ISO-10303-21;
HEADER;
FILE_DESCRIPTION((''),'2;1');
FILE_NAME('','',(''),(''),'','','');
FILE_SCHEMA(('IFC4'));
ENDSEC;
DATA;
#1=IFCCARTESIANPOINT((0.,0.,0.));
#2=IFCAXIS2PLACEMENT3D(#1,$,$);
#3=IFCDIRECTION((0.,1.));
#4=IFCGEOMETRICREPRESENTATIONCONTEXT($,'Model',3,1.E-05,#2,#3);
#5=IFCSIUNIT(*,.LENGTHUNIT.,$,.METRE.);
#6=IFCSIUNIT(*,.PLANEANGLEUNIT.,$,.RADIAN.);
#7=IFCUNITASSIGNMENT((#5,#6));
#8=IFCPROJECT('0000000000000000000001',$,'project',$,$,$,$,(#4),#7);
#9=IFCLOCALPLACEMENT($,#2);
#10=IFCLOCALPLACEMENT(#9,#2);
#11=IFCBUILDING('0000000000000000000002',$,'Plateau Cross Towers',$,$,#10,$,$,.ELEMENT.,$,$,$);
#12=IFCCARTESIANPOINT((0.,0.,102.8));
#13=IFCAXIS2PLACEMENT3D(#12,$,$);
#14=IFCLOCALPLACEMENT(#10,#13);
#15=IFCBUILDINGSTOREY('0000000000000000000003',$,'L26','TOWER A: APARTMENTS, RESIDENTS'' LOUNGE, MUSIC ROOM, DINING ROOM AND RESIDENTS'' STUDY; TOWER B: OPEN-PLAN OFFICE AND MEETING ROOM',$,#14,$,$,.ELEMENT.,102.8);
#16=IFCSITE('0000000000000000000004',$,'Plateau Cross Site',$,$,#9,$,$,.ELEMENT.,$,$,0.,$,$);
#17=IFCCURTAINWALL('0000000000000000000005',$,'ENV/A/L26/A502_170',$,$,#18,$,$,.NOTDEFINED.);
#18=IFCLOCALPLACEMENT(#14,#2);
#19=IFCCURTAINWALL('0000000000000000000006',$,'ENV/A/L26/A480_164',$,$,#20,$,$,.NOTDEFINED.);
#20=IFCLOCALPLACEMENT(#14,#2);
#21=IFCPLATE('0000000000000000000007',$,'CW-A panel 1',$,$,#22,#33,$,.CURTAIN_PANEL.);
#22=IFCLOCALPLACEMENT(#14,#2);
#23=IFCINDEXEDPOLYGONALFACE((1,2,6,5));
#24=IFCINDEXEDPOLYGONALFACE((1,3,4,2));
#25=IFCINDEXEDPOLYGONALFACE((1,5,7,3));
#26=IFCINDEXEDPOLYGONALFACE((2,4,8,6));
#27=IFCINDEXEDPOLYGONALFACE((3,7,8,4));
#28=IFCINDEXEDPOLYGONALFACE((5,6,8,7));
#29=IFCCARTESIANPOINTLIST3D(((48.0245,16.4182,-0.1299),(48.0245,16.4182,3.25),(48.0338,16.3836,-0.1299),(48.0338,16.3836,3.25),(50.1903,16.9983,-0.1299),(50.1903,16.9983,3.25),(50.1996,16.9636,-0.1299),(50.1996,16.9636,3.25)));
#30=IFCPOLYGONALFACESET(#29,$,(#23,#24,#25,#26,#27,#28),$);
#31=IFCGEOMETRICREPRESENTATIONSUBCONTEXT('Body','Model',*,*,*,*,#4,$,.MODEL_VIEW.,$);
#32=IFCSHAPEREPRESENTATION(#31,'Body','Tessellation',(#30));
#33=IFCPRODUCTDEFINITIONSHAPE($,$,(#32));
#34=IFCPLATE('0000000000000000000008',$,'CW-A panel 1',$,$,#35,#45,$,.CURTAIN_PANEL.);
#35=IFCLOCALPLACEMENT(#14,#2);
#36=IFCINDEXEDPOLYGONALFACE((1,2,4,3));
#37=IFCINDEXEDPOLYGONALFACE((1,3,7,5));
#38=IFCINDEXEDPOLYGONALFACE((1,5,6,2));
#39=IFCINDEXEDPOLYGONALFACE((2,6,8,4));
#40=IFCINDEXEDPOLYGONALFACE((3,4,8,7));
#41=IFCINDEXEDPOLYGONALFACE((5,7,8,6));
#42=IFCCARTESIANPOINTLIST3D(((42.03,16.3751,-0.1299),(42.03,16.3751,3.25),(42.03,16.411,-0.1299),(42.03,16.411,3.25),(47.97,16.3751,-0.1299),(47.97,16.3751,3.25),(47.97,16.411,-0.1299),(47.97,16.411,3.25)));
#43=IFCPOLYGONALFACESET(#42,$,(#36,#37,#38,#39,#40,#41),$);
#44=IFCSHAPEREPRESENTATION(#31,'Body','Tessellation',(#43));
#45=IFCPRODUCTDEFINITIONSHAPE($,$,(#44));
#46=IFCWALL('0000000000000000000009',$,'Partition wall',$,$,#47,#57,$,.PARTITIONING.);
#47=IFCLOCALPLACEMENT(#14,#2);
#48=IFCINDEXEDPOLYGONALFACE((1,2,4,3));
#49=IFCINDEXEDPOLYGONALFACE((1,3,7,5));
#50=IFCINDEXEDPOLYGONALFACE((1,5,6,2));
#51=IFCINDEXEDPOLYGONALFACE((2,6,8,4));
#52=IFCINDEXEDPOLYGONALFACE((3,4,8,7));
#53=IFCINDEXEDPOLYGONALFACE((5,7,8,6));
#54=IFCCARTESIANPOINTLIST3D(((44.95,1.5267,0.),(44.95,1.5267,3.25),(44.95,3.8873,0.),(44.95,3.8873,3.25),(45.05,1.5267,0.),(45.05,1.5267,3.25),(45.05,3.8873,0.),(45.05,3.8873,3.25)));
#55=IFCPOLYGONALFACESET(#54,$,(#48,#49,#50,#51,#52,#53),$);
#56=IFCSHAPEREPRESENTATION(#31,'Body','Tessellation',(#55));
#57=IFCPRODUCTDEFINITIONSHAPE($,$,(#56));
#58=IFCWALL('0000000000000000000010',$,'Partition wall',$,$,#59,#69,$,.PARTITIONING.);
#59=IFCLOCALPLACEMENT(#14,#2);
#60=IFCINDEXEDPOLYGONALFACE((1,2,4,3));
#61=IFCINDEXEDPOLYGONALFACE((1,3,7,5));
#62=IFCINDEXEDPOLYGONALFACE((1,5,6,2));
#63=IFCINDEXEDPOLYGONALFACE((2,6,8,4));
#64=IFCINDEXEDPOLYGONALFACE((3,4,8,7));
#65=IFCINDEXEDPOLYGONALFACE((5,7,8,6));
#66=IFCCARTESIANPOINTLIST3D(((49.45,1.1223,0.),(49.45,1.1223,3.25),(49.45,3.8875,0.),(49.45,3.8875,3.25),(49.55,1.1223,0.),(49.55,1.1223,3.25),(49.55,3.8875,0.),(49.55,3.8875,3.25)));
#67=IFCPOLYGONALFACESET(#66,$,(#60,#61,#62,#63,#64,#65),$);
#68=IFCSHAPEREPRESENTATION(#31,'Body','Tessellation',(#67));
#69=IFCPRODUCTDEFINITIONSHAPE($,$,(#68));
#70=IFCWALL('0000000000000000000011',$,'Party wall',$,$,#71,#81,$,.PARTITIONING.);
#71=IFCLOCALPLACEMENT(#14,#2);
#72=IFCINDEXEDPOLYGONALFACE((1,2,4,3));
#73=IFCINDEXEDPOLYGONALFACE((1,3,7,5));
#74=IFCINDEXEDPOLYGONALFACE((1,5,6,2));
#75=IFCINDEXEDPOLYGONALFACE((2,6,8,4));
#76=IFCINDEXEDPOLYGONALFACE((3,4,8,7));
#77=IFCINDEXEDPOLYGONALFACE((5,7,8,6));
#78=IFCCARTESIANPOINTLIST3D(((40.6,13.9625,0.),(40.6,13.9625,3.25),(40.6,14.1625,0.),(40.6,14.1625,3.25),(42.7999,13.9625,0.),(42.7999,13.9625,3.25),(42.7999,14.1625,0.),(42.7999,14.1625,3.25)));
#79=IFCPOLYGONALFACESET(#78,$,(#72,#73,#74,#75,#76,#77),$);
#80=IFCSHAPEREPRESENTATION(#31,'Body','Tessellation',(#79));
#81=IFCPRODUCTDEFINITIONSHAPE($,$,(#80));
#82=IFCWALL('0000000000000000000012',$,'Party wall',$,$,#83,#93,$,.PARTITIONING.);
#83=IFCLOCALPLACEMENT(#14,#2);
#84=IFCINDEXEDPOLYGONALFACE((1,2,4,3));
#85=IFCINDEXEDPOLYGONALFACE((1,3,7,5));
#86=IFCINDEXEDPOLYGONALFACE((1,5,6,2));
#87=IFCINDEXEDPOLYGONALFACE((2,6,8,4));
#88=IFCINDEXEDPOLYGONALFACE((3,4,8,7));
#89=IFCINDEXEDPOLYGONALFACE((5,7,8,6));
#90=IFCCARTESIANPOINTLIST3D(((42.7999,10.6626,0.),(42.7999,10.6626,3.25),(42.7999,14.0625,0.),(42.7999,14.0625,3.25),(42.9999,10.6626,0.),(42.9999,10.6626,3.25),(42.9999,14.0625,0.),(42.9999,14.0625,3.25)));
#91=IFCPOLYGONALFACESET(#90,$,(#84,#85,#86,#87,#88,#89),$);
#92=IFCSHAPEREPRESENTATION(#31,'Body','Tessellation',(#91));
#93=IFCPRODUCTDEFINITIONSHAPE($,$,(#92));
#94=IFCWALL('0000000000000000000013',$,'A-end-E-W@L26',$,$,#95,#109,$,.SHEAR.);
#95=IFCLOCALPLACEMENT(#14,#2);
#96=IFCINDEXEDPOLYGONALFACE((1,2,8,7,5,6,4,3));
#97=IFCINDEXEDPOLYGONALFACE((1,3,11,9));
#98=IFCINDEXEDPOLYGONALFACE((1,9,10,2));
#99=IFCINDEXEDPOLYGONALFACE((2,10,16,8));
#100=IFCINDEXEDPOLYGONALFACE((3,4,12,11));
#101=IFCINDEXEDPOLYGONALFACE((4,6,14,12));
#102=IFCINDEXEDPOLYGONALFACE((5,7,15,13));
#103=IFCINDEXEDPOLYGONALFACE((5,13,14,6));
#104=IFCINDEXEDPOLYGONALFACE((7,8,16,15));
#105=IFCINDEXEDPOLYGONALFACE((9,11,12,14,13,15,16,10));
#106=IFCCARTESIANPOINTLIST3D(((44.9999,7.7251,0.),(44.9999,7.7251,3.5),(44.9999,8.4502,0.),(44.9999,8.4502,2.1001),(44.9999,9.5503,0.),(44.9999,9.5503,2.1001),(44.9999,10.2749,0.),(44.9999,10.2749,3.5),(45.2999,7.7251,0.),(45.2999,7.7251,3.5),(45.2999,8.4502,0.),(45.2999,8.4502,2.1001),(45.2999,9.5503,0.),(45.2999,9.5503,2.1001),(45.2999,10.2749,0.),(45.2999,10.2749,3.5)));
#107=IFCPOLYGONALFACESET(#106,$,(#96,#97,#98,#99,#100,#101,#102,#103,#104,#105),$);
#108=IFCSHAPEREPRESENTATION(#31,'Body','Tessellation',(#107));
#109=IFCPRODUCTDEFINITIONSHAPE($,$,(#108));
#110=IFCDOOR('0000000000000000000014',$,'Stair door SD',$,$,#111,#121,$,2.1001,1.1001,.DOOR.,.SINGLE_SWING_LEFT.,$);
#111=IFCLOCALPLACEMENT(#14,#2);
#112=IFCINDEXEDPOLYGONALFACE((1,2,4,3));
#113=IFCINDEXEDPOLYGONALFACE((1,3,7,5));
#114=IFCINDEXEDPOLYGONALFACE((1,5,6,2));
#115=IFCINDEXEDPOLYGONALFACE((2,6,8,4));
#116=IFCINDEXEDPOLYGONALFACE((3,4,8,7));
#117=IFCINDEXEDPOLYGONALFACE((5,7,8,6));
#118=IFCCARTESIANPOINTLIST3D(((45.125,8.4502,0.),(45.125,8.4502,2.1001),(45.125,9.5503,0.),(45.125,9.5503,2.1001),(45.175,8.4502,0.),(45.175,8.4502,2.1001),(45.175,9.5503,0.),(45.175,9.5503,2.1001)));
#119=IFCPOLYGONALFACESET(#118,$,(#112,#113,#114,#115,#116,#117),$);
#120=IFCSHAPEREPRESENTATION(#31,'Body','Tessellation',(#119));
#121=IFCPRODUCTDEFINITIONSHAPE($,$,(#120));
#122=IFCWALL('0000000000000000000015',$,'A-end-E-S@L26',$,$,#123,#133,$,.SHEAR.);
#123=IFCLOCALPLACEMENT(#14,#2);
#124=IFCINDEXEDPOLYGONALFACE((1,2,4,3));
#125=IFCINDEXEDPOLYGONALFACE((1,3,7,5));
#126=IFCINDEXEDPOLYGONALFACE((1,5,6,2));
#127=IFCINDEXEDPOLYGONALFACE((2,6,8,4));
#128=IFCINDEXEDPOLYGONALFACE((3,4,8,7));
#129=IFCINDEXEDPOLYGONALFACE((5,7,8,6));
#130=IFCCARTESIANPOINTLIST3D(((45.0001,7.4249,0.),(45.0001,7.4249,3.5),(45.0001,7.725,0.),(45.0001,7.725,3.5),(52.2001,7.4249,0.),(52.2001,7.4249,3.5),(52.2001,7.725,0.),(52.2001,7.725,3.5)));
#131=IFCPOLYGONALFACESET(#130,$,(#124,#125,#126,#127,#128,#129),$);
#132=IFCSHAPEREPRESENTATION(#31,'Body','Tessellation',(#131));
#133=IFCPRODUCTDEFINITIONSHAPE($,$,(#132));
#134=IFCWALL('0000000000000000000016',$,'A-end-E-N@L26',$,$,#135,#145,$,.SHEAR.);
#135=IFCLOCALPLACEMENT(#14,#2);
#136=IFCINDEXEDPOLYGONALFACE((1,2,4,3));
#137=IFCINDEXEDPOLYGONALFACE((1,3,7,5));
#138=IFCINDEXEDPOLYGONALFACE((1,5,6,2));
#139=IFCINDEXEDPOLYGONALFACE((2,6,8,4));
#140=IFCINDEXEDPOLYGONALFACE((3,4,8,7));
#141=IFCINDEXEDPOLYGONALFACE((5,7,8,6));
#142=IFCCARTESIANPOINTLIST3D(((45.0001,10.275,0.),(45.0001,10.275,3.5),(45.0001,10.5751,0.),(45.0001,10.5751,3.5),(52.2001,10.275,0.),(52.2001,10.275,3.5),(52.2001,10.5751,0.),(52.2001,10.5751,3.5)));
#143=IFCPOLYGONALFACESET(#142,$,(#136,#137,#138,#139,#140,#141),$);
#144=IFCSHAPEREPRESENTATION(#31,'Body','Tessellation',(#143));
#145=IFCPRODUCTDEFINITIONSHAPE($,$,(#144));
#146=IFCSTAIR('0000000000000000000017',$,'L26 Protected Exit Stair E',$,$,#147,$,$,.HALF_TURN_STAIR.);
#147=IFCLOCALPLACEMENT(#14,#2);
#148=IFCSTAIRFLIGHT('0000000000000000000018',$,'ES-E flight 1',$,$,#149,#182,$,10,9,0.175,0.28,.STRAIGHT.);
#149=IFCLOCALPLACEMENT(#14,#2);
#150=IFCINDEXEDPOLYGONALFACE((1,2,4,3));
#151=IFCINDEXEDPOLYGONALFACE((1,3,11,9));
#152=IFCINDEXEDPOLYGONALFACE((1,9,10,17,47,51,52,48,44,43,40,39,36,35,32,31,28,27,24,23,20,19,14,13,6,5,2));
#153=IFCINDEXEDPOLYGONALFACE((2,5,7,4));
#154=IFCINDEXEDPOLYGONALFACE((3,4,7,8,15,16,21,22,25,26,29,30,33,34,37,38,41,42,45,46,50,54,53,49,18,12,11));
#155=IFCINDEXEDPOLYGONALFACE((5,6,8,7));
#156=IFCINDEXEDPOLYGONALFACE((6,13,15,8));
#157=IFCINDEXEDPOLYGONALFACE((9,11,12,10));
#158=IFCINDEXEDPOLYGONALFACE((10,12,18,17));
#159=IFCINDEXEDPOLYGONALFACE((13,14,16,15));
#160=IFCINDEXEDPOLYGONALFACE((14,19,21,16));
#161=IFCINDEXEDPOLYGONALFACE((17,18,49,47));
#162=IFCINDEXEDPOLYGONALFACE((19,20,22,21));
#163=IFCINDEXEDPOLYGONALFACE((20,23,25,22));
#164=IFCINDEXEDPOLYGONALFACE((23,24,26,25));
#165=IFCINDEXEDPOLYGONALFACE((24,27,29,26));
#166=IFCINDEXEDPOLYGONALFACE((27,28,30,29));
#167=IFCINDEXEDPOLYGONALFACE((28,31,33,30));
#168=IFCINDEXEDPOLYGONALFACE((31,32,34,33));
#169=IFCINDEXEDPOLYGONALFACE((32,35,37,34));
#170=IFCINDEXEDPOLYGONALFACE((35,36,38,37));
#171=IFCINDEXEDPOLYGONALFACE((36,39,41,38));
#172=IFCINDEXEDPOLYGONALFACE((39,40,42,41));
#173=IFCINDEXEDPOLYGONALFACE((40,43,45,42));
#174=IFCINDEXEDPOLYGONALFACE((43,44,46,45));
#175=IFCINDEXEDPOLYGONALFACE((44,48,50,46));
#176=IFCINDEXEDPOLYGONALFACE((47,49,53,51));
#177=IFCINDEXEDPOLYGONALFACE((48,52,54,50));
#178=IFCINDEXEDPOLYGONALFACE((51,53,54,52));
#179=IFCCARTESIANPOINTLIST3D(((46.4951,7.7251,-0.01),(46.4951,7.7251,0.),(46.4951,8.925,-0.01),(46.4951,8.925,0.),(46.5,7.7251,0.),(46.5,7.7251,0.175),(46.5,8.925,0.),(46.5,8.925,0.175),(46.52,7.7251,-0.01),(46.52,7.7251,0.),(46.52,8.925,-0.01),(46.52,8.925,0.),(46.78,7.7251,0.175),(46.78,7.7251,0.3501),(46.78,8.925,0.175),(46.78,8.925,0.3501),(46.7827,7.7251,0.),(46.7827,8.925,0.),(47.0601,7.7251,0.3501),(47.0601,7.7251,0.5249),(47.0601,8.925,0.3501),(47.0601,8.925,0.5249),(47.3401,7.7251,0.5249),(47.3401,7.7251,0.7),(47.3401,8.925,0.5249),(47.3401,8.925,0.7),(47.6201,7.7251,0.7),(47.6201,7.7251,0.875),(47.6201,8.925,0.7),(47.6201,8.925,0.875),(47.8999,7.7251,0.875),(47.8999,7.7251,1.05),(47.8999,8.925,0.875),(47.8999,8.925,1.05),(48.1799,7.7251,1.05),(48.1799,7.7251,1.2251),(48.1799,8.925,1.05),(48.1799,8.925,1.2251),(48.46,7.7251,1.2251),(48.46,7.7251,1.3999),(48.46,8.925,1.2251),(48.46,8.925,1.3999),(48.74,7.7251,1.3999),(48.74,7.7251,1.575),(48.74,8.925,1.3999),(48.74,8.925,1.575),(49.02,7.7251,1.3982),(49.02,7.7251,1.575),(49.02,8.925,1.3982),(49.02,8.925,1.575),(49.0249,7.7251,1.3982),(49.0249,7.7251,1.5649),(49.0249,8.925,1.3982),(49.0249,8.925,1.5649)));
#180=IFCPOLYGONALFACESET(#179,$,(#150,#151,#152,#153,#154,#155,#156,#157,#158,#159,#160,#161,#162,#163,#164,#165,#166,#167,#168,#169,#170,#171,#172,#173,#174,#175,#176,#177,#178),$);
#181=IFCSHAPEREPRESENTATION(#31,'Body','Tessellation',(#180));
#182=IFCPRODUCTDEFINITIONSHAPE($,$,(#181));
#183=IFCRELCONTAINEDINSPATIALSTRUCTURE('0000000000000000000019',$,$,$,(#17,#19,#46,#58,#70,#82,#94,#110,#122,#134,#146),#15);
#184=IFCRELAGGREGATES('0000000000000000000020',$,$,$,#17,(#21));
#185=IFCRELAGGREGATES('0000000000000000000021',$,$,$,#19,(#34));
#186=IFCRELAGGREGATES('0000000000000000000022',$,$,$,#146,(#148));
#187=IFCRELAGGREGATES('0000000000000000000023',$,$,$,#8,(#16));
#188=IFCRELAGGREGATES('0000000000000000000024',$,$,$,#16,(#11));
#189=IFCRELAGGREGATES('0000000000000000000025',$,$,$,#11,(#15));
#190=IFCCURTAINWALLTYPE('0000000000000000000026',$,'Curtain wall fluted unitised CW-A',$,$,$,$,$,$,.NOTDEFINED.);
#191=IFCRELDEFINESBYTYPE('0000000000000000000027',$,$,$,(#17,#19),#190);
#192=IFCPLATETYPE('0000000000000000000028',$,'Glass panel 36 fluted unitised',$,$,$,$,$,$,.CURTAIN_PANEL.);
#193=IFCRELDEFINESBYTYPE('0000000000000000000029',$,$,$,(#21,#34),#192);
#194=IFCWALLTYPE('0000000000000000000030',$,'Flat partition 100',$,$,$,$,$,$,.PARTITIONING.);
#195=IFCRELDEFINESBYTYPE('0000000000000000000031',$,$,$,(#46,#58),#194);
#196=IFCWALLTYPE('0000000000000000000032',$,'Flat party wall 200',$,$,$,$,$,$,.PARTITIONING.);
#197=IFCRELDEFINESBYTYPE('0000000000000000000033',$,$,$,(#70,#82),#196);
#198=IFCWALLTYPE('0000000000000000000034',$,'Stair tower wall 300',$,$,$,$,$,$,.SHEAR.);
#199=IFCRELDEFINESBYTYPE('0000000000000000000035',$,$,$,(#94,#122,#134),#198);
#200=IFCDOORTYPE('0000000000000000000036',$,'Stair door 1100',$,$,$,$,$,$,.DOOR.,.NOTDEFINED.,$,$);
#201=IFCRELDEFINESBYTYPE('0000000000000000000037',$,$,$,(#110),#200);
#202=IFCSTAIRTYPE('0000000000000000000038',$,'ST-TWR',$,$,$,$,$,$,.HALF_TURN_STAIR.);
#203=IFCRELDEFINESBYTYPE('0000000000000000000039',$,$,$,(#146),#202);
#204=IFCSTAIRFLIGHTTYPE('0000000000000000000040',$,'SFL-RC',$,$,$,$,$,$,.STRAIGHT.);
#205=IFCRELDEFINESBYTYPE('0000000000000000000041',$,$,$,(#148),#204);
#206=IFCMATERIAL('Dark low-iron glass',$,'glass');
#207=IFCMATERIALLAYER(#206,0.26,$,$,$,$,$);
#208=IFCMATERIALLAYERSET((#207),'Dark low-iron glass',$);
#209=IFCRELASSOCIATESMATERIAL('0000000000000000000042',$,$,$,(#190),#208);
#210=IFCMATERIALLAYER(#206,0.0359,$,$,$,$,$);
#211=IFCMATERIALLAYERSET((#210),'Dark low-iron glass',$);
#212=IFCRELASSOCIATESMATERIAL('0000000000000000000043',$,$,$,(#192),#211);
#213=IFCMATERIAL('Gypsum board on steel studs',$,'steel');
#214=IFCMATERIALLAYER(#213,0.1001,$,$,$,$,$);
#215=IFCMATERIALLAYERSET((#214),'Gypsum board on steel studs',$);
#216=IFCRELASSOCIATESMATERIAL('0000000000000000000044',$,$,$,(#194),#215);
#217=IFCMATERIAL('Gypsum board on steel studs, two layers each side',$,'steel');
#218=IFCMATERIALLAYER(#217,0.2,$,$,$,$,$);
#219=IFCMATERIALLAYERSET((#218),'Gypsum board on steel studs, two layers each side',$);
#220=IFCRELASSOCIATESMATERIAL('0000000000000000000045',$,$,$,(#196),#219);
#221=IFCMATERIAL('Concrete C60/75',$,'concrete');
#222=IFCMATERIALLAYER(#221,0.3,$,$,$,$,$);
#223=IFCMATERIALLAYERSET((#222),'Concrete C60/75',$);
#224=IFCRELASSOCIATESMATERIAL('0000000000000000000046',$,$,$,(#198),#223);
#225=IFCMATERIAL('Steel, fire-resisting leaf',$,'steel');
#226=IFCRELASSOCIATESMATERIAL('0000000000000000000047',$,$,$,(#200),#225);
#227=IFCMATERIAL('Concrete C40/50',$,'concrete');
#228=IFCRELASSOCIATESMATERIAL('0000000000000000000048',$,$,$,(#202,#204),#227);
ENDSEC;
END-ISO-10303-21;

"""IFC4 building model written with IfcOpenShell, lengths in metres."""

from ifc_helpers import new_model, si_unit, direction, frame, frame_2d, origin, origin_2d, place, context, subcontext, project, spatial, polyline, rectangle, outline, extrude, material, layer, layer_set, type_object, element, fill, aggregate, save


model = new_model("IFC4")

# Units and contexts
model_context = context("Model", 3, precision=1e-05, world=origin(), true_north=direction((0.0, 1.0)))
body_context = subcontext(model_context, "Body", "Model", "MODEL_VIEW")
ifc_project = project(units=[si_unit("LENGTHUNIT", "METRE"), si_unit("PLANEANGLEUNIT", "RADIAN")], contexts=[model_context])

# Site, building, storey
site_placement = place(None, origin())
site = spatial("IfcSite", under=ifc_project, at=site_placement, Name="Plateau Cross Site", CompositionType="ELEMENT", RefElevation=0.0)
building_placement = place(site_placement, origin())
building = spatial("IfcBuilding", under=site, at=building_placement, Name="Plateau Cross Towers", CompositionType="ELEMENT")
storey_placement = place(building_placement, frame((0.0, 0.0, 102.8)))
storey = spatial("IfcBuildingStorey", under=building, at=storey_placement, Name="L26", Description="TOWER A: APARTMENTS, RESIDENTS' LOUNGE, MUSIC ROOM, DINING ROOM AND RESIDENTS' STUDY; TOWER B: OPEN-PLAN OFFICE AND MEETING ROOM", CompositionType="ELEMENT", Elevation=102.8)

# Curtain walls
ifc_material_1 = material(Name="Dark low-iron glass", Category="glass")
ifc_layer_1 = layer(ifc_material_1, 0.26)
ifc_layer_set_1 = layer_set([ifc_layer_1], Name="Dark low-iron glass")
curtain_wall_type_1 = type_object("IfcCurtainWallType", Name="Curtain wall fluted unitised CW-A", PredefinedType="NOTDEFINED", material=ifc_layer_set_1)
curtain_wall_1_placement = place(storey_placement, origin())
curtain_wall_1 = element("IfcCurtainWall", 1, at=curtain_wall_1_placement, inside=storey, type_object=curtain_wall_type_1, Name="ENV/A/L26/A502_170", PredefinedType="NOTDEFINED")
curtain_wall_2_placement = place(storey_placement, origin())
curtain_wall_2 = element("IfcCurtainWall", 2, at=curtain_wall_2_placement, inside=storey, type_object=curtain_wall_type_1, Name="ENV/A/L26/A480_164", PredefinedType="NOTDEFINED")

# Plates
ifc_layer_2 = layer(ifc_material_1, 0.0359)
ifc_layer_set_2 = layer_set([ifc_layer_2], Name="Dark low-iron glass")
plate_type = type_object("IfcPlateType", Name="Glass panel 36 fluted unitised", PredefinedType="CURTAIN_PANEL", material=ifc_layer_set_2)
plate_1_placement = place(storey_placement, frame((49.1121, 16.6909, -0.1299), z_axis=(0.0, 0.0, 1.0), x_axis=(-0.965958, -0.258699, 0.0)))
plate_1 = element("IfcPlate", 3, at=plate_1_placement, type_object=plate_type, Name="CW-A panel 1", PredefinedType="CURTAIN_PANEL", context=body_context, shape_type="SweptSolid", body=[
    extrude(rectangle(XDim=2.2422, YDim=0.0359, at=origin_2d()), origin(), (0.0, 0.0, 1.0), 3.3799),
])
aggregate(curtain_wall_1, [plate_1])
plate_2_placement = place(storey_placement, frame((45.0, 16.3931, -0.1299), z_axis=(0.0, 0.0, 1.0), x_axis=(-1.0, 0.0, 0.0)))
plate_2 = element("IfcPlate", 4, at=plate_2_placement, type_object=plate_type, Name="CW-A panel 1", PredefinedType="CURTAIN_PANEL", context=body_context, shape_type="SweptSolid", body=[
    extrude(rectangle(XDim=5.9399, YDim=0.0359, at=origin_2d()), origin(), (0.0, 0.0, 1.0), 3.3799),
])
aggregate(curtain_wall_2, [plate_2])

# Walls
ifc_material_2 = material(Name="Gypsum board on steel studs", Category="steel")
ifc_layer_3 = layer(ifc_material_2, 0.1001)
ifc_layer_set_3 = layer_set([ifc_layer_3], Name="Gypsum board on steel studs")
wall_type_1 = type_object("IfcWallType", Name="Flat partition 100", PredefinedType="PARTITIONING", material=ifc_layer_set_3)
wall_1_placement = place(storey_placement, frame((45.0, 1.5269, 0.0), z_axis=(0.0, 0.0, 1.0), x_axis=(0.0, 1.0, 0.0)))
element("IfcWall", 5, at=wall_1_placement, inside=storey, type_object=wall_type_1, Name="Partition wall", PredefinedType="PARTITIONING", context=body_context, shape_type="SweptSolid", body=[
    extrude(rectangle(XDim=2.3606, YDim=0.1001, at=frame_2d((1.1802, 0.0))), origin(), (0.0, 0.0, 1.0), 3.25),
])
wall_2_placement = place(storey_placement, frame((49.5, 1.1223, 0.0), z_axis=(0.0, 0.0, 1.0), x_axis=(0.0, 1.0, 0.0)))
element("IfcWall", 6, at=wall_2_placement, inside=storey, type_object=wall_type_1, Name="Partition wall", PredefinedType="PARTITIONING", context=body_context, shape_type="SweptSolid", body=[
    extrude(rectangle(XDim=2.7651, YDim=0.1001, at=frame_2d((1.3826, 0.0))), origin(), (0.0, 0.0, 1.0), 3.25),
])
ifc_material_3 = material(Name="Gypsum board on steel studs, two layers each side", Category="steel")
ifc_layer_4 = layer(ifc_material_3, 0.2)
ifc_layer_set_4 = layer_set([ifc_layer_4], Name="Gypsum board on steel studs, two layers each side")
wall_type_2 = type_object("IfcWallType", Name="Flat party wall 200", PredefinedType="PARTITIONING", material=ifc_layer_set_4)
wall_3_placement = place(storey_placement, frame((42.8, 14.0625, 0.0), z_axis=(0.0, 0.0, 1.0), x_axis=(-1.0, 0.0, 0.0)))
element("IfcWall", 7, at=wall_3_placement, inside=storey, type_object=wall_type_2, Name="Party wall", PredefinedType="PARTITIONING", context=body_context, shape_type="SweptSolid", body=[
    extrude(rectangle(XDim=2.2, YDim=0.2, at=frame_2d((1.1001, 0.0))), origin(), (0.0, 0.0, 1.0), 3.25),
])
wall_4_placement = place(storey_placement, frame((42.8999, 10.6626, 0.0), z_axis=(0.0, 0.0, 1.0), x_axis=(0.0, 1.0, 0.0)))
element("IfcWall", 8, at=wall_4_placement, inside=storey, type_object=wall_type_2, Name="Party wall", PredefinedType="PARTITIONING", context=body_context, shape_type="SweptSolid", body=[
    extrude(rectangle(XDim=3.3999, YDim=0.2, at=frame_2d((1.7, 0.0))), origin(), (0.0, 0.0, 1.0), 3.25),
])

# Wall, opening, door
ifc_material_4 = material(Name="Concrete C60/75", Category="concrete")
ifc_layer_5 = layer(ifc_material_4, 0.3)
ifc_layer_set_5 = layer_set([ifc_layer_5], Name="Concrete C60/75")
wall_type_3 = type_object("IfcWallType", Name="Stair tower wall 300", PredefinedType="SHEAR", material=ifc_layer_set_5)
wall_5_placement = place(storey_placement, frame((45.1499, 7.7251, 0.0), z_axis=(0.0, 0.0, 1.0), x_axis=(0.0, 1.0, 0.0)))
wall_5 = element("IfcWall", 9, at=wall_5_placement, inside=storey, type_object=wall_type_3, Name="A-end-E-W@L26", PredefinedType="SHEAR", context=body_context, shape_type="SweptSolid", body=[
    extrude(rectangle(XDim=2.5498, YDim=0.3, at=frame_2d((1.2749, 0.0))), origin(), (0.0, 0.0, 1.0), 3.5),
])
opening_placement = place(wall_5_placement, frame((0.7251, 0.0, 0.0)))
opening = element("IfcOpeningElement", 10, at=opening_placement, cuts=wall_5, PredefinedType="OPENING", context=body_context, shape_type="SweptSolid", body=[
    extrude(rectangle(XDim=1.1001, YDim=2.1001, at=frame_2d((0.55, 1.05))), frame((0.0, 0.1599, 0.0), z_axis=(0.0, -1.0, 0.0), x_axis=(1.0, 0.0, 0.0)), (0.0, 0.0, 1.0), 0.3201),
])
ifc_material_5 = material(Name="Steel, fire-resisting leaf", Category="steel")
door_type = type_object("IfcDoorType", Name="Stair door 1100", OperationType="NOTDEFINED", PredefinedType="DOOR", material=ifc_material_5)
door_placement = place(opening_placement, origin())
door = element("IfcDoor", 11, at=door_placement, inside=storey, type_object=door_type, Name="Stair door SD", OperationType="SINGLE_SWING_LEFT", OverallHeight=2.1001, OverallWidth=1.1001, PredefinedType="DOOR", context=body_context, shape_type="SweptSolid", body=[
    extrude(rectangle(XDim=1.1001, YDim=2.1001, at=frame_2d((0.55, 1.05))), frame((0.0, 0.0249, 0.0), z_axis=(0.0, -1.0, 0.0), x_axis=(1.0, 0.0, 0.0)), (0.0, 0.0, 1.0), 0.05),
])
fill(opening, door)

# Walls
for number, where, z_axis, x_axis, name in (
    (12, (45.0, 7.575, 0.0), (0.0, 0.0, 1.0), (1.0, 0.0, 0.0), "A-end-E-S@L26"),
    (13, (45.0, 10.425, 0.0), (0.0, 0.0, 1.0), (1.0, 0.0, 0.0), "A-end-E-N@L26"),
):
    element("IfcWall", number, at=place(storey_placement, frame(where, z_axis=z_axis, x_axis=x_axis)), inside=storey, type_object=wall_type_3, Name=name, PredefinedType="SHEAR", context=body_context, shape_type="SweptSolid", body=[
        extrude(rectangle(XDim=7.2, YDim=0.3, at=frame_2d((3.6001, 0.0))), origin(), (0.0, 0.0, 1.0), 3.5),
    ])

# Stair, stair flight
ifc_material_6 = material(Name="Concrete C40/50", Category="concrete")
stair_type = type_object("IfcStairType", Name="ST-TWR", PredefinedType="HALF_TURN_STAIR", material=ifc_material_6)
stair_placement = place(storey_placement, origin())
stair = element("IfcStair", 14, at=stair_placement, inside=storey, type_object=stair_type, Name="L26 Protected Exit Stair E", PredefinedType="HALF_TURN_STAIR")
stair_flight_type = type_object("IfcStairFlightType", Name="SFL-RC", PredefinedType="STRAIGHT", material=ifc_material_6)
stair_flight_1_placement = place(storey_placement, frame((46.5, 8.325, 0.0), z_axis=(0.0, 0.0, 1.0), x_axis=(1.0, 0.0, 0.0)))
stair_flight_1 = element("IfcStairFlight", 15, at=stair_flight_1_placement, type_object=stair_flight_type, Name="ES-E flight 1", NumberOfRisers=10, NumberOfTreads=9, PredefinedType="STRAIGHT", RiserHeight=0.175, TreadLength=0.28, context=body_context, shape_type="SweptSolid", body=[
    extrude(outline(polyline([(-0.0049, -0.01), (-0.0049, 0.0), (0.0, 0.0), (0.0, 0.175), (0.28, 0.175), (0.28, 0.3501), (0.5601, 0.3501), (0.5601, 0.5249), (0.8401, 0.5249), (0.8401, 0.7), (1.1201, 0.7), (1.1201, 0.875), (1.3999, 0.875), (1.3999, 1.05), (1.6799, 1.05), (1.6799, 1.2251), (1.96, 1.2251), (1.96, 1.3999), (2.24, 1.3999), (2.24, 1.575), (2.52, 1.575), (2.5249, 1.5649), (2.5249, 1.3982), (2.52, 1.3982), (0.2827, 0.0), (0.02, 0.0), (0.02, -0.01), (-0.0049, -0.01)])), frame((0.0, 0.6001, 0.0), z_axis=(0.0, -1.0, 0.0), x_axis=(1.0, 0.0, 0.0)), (0.0, 0.0, 1.0), 1.2),
])
aggregate(stair, [stair_flight_1])

save(model, "model.ifc")
